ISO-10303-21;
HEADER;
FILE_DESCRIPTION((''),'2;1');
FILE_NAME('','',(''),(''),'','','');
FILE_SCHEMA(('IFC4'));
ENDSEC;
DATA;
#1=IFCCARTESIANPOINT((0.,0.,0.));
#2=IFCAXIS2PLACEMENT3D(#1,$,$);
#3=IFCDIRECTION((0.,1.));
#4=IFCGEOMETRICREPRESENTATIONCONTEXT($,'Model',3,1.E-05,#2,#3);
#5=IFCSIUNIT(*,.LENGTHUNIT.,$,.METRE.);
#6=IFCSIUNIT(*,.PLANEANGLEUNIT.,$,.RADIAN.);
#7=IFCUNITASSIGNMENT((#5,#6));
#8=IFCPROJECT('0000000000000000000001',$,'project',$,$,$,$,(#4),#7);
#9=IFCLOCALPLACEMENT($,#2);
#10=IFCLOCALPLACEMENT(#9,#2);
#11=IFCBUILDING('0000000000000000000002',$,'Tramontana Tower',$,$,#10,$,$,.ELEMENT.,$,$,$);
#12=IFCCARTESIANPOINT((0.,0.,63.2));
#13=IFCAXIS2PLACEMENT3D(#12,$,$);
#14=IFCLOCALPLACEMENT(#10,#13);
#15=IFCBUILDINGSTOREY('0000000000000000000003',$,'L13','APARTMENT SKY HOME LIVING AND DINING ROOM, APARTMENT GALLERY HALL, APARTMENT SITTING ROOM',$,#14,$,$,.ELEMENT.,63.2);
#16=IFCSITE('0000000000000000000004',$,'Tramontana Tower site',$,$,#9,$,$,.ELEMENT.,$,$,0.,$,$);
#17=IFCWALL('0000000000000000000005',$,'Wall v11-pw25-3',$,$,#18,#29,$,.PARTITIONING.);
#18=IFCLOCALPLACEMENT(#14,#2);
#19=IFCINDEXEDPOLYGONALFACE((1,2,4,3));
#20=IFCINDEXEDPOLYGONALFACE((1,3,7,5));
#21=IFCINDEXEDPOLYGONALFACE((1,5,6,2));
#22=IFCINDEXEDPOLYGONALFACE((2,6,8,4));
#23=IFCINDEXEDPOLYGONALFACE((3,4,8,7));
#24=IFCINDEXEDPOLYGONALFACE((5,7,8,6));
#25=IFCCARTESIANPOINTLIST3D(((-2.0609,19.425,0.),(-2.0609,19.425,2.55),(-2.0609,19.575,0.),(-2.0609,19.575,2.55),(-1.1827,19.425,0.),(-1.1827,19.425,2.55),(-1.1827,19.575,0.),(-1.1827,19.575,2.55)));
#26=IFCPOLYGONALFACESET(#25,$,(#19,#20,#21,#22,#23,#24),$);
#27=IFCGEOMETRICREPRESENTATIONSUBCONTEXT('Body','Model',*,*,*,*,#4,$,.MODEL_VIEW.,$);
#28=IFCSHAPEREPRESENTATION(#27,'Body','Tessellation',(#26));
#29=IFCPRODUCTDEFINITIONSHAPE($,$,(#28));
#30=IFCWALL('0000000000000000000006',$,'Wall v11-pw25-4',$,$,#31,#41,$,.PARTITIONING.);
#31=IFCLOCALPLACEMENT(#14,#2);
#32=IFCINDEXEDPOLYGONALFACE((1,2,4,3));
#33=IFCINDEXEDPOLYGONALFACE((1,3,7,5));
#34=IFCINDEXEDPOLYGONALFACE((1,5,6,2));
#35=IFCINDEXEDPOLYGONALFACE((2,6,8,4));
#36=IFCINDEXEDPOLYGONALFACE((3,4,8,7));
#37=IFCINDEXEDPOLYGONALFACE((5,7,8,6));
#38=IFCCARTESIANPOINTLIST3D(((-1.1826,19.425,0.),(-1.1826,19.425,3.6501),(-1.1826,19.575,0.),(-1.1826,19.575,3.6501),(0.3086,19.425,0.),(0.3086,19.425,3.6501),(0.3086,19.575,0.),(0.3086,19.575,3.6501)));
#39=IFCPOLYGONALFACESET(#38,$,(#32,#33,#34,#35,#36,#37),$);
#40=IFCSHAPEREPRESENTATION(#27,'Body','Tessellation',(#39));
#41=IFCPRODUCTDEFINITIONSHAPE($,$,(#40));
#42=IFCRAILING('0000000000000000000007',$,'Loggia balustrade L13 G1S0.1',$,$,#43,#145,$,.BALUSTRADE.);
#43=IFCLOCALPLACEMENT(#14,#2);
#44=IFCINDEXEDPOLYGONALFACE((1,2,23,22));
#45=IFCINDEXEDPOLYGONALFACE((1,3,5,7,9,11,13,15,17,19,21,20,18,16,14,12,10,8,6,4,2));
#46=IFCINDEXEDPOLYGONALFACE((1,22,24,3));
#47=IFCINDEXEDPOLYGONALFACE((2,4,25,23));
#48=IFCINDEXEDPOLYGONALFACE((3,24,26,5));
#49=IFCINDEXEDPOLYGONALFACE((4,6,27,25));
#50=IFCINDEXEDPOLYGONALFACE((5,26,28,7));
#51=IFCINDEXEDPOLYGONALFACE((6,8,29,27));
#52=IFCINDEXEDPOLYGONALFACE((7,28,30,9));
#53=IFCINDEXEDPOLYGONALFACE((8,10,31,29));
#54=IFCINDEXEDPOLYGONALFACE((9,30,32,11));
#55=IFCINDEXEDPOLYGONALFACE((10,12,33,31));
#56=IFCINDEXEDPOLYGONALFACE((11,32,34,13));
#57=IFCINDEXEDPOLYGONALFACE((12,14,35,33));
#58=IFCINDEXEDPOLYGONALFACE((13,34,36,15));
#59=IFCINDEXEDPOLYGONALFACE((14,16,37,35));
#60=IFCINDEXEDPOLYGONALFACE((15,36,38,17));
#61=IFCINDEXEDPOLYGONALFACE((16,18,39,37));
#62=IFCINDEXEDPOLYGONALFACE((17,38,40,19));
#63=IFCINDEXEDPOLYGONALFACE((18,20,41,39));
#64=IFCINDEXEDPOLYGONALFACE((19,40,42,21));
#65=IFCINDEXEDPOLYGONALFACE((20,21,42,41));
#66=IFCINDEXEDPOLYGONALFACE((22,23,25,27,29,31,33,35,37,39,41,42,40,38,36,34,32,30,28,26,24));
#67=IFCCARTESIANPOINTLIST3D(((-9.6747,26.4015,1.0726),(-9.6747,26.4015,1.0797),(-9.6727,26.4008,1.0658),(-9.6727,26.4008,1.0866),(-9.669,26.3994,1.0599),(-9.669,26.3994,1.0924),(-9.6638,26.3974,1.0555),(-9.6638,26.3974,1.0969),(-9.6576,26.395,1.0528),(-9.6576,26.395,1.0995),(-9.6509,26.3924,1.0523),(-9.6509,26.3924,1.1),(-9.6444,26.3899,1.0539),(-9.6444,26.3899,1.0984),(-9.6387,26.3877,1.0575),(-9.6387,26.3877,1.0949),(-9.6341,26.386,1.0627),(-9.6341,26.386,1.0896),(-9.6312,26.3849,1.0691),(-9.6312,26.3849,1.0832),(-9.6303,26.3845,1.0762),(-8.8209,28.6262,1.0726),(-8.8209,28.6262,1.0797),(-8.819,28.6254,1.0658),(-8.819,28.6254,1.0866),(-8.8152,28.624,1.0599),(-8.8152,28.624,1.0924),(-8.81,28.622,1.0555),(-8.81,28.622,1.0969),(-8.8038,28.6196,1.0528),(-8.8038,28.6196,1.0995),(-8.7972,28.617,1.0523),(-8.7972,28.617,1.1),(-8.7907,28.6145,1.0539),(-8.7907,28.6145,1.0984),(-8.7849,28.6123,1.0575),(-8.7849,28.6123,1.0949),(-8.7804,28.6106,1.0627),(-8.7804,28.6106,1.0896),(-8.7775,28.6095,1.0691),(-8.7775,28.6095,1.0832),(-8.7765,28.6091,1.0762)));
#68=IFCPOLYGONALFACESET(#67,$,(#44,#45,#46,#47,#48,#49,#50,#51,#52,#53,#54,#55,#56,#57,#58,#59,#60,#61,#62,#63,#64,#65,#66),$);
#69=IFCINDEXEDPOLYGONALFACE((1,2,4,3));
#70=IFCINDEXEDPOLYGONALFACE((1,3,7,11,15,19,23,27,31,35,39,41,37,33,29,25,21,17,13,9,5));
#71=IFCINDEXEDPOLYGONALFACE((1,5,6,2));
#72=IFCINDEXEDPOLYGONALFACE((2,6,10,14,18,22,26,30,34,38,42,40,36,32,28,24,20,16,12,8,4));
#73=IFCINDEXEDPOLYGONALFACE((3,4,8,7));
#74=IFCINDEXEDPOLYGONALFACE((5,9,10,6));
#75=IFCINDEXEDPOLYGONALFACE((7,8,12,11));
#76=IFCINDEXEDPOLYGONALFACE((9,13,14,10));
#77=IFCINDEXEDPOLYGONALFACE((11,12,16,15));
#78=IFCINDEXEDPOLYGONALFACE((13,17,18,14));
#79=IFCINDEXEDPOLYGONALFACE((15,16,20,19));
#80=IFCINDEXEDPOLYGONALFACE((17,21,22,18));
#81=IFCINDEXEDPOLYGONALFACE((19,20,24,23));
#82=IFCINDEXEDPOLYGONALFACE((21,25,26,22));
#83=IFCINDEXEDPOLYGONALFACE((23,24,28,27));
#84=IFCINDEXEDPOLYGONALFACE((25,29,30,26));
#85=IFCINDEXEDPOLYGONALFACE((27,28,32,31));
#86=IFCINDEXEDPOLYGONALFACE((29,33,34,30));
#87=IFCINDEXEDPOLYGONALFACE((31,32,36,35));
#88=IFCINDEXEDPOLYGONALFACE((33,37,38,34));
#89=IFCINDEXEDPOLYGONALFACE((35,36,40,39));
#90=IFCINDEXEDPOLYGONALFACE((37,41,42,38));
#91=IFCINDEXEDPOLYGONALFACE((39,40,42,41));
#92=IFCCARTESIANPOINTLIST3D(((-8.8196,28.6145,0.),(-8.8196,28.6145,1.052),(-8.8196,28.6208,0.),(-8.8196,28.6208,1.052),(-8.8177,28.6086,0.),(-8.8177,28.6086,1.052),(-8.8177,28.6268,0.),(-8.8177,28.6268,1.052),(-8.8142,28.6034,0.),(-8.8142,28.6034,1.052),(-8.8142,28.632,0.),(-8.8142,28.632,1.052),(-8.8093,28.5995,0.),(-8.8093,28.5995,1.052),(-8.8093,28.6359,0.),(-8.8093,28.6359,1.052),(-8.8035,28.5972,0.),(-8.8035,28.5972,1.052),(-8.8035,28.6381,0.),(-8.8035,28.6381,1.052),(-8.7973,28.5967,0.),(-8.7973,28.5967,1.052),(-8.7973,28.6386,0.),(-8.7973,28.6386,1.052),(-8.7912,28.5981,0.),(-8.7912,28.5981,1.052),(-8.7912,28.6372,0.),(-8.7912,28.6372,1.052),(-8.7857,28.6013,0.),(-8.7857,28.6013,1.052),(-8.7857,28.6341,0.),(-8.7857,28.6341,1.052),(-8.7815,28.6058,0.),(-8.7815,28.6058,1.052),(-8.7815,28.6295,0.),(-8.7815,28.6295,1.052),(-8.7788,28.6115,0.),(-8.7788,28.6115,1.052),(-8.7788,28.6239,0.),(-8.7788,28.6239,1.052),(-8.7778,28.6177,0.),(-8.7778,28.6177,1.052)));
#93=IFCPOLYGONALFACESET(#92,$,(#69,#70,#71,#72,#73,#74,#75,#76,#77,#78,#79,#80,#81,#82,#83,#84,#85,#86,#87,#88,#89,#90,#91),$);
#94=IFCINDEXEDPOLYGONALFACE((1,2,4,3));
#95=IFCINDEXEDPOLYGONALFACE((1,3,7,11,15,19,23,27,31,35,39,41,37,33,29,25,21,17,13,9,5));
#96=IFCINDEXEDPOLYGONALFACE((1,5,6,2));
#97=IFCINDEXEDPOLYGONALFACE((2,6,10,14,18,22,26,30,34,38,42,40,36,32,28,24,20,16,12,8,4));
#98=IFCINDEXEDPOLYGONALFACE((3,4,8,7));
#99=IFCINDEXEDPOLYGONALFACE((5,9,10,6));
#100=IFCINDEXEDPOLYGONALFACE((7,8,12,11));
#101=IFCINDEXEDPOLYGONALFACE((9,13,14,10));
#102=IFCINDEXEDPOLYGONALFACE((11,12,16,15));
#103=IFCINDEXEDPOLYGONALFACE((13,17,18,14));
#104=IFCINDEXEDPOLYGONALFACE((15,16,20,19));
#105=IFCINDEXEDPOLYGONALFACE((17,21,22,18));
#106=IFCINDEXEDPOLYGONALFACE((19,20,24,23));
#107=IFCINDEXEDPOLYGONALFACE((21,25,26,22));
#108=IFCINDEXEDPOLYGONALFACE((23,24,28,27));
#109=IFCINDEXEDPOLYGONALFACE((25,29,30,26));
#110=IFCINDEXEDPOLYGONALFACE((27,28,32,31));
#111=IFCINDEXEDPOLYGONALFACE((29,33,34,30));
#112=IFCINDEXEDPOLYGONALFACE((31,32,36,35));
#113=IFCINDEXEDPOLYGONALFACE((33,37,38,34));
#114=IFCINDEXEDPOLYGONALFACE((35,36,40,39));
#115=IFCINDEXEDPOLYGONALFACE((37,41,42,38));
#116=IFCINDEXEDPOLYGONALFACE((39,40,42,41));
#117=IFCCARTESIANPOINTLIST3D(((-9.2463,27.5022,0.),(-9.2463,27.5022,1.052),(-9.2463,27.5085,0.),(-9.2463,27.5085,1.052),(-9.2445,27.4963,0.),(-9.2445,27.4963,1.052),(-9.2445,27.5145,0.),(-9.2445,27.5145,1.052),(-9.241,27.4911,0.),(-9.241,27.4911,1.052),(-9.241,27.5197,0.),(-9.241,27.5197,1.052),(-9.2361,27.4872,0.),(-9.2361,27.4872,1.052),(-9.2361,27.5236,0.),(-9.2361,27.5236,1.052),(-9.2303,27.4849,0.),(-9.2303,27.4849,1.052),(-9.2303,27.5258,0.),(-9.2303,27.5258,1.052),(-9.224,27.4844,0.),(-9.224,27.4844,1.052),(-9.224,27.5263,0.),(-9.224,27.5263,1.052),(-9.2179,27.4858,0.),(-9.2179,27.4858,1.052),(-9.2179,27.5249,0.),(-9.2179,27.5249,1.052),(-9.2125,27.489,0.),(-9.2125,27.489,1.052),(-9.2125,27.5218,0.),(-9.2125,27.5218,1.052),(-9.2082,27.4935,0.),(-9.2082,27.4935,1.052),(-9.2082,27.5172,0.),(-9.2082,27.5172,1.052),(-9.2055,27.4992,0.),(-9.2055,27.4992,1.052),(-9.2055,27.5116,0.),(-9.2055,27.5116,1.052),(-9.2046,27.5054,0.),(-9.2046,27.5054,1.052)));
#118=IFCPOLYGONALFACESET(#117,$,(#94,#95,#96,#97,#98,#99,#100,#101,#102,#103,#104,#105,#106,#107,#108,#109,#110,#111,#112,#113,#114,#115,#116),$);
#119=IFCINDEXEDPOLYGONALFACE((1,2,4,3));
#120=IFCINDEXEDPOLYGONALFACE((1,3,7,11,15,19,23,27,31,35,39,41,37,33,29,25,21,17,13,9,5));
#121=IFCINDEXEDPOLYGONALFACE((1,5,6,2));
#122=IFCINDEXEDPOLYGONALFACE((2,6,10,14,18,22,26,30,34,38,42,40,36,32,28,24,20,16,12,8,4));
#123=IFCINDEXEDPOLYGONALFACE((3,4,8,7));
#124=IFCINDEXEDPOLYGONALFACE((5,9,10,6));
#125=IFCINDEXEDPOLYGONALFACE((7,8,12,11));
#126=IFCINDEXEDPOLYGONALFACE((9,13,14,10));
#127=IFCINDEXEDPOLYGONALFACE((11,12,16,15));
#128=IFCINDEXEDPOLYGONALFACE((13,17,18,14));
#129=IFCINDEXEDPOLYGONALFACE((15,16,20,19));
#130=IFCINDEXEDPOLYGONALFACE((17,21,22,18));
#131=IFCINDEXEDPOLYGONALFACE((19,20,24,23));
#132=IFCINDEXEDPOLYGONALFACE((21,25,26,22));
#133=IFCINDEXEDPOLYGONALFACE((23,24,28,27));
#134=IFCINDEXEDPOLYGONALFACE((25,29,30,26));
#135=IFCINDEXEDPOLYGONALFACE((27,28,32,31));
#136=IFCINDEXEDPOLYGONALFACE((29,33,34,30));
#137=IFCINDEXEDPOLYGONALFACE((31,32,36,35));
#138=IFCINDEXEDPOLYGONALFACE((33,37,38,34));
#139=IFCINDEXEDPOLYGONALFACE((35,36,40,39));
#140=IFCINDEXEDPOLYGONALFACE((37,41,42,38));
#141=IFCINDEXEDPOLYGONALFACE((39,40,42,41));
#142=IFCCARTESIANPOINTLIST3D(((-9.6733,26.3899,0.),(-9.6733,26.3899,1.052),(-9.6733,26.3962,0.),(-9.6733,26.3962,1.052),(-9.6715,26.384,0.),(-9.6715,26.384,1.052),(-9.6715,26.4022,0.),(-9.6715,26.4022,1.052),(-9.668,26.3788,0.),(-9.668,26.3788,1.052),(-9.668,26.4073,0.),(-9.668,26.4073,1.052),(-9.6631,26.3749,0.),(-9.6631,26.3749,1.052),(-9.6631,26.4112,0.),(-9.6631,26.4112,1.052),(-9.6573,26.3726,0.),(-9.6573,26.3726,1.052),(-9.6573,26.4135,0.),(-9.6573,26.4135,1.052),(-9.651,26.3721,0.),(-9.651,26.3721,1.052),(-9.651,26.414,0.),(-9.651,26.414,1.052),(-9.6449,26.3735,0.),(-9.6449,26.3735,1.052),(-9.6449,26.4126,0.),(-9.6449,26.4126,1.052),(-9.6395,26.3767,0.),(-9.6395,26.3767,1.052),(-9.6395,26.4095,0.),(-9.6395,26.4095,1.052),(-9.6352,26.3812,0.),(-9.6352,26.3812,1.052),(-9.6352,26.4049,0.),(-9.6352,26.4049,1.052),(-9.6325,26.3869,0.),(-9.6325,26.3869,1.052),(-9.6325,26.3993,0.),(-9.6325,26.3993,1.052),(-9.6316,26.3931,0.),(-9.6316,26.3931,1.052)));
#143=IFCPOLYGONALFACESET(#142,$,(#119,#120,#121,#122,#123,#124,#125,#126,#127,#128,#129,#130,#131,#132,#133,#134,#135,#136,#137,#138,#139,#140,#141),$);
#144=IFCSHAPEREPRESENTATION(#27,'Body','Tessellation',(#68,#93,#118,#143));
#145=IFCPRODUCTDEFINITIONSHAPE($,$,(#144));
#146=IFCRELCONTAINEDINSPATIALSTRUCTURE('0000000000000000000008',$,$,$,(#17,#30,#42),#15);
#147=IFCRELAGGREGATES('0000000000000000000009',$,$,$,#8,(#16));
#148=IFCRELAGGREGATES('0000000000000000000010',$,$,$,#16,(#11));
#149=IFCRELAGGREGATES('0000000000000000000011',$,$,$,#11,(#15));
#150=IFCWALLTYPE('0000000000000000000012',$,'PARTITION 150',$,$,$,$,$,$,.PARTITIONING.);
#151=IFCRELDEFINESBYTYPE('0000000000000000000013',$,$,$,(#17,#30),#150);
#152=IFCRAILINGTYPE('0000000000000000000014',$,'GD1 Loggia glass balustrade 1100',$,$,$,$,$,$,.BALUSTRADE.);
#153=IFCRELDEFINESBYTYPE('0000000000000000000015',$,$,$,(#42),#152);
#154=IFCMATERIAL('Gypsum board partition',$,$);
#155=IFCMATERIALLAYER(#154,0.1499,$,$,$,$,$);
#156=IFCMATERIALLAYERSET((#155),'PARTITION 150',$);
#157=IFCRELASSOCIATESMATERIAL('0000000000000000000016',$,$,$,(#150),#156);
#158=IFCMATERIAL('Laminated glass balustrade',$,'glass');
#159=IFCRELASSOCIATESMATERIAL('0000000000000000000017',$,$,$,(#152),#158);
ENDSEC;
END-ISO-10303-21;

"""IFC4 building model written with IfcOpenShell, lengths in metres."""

from ifc_helpers import new_model, si_unit, direction, frame, frame_2d, origin, origin_2d, place, context, subcontext, project, spatial, rectangle, circle, extrude, material, layer, layer_set, type_object, element, save


model = new_model("IFC4")

# Units and contexts
model_context = context("Model", 3, precision=1e-05, world=origin(), true_north=direction((0.0, 1.0)))
body_context = subcontext(model_context, "Body", "Model", "MODEL_VIEW")
ifc_project = project(units=[si_unit("LENGTHUNIT", "METRE"), si_unit("PLANEANGLEUNIT", "RADIAN")], contexts=[model_context])

# Site, building, storey
site_placement = place(None, origin())
site = spatial("IfcSite", under=ifc_project, at=site_placement, Name="Tramontana Tower site", CompositionType="ELEMENT", RefElevation=0.0)
building_placement = place(site_placement, origin())
building = spatial("IfcBuilding", under=site, at=building_placement, Name="Tramontana Tower", CompositionType="ELEMENT")
storey_placement = place(building_placement, frame((0.0, 0.0, 63.2)))
storey = spatial("IfcBuildingStorey", under=building, at=storey_placement, Name="L13", Description="APARTMENT SKY HOME LIVING AND DINING ROOM, APARTMENT GALLERY HALL, APARTMENT SITTING ROOM", CompositionType="ELEMENT", Elevation=63.2)

# Shared definitions
ifc_material_1 = material(Name="Gypsum board partition")
ifc_layer_1 = layer(ifc_material_1, 0.1499)
ifc_layer_set_1 = layer_set([ifc_layer_1], Name="PARTITION 150")
wall_type_1 = type_object("IfcWallType", Name="PARTITION 150", PredefinedType="PARTITIONING", material=ifc_layer_set_1)

# Walls
wall_1_placement = place(storey_placement, frame((-2.0608, 19.5, 0.0), z_axis=(0.0, 0.0, 1.0), x_axis=(1.0, 0.0, 0.0)))
element("IfcWall", 1, at=wall_1_placement, inside=storey, type_object=wall_type_1, Name="Wall v11-pw25-3", PredefinedType="PARTITIONING", context=body_context, shape_type="SweptSolid", body=[
    extrude(rectangle(XDim=0.8782, YDim=0.1499, at=frame_2d((0.439, 0.0))), origin(), (0.0, 0.0, 1.0), 2.55),
])
wall_2_placement = place(storey_placement, frame((-1.1826, 19.5, 0.0), z_axis=(0.0, 0.0, 1.0), x_axis=(1.0, 0.0, 0.0)))
element("IfcWall", 2, at=wall_2_placement, inside=storey, type_object=wall_type_1, Name="Wall v11-pw25-4", PredefinedType="PARTITIONING", context=body_context, shape_type="SweptSolid", body=[
    extrude(rectangle(XDim=1.4912, YDim=0.1499, at=frame_2d((0.7456, 0.0))), origin(), (0.0, 0.0, 1.0), 3.6501),
])

# Railing
ifc_material_2 = material(Name="Laminated glass balustrade", Category="glass")
railing_type = type_object("IfcRailingType", Name="GD1 Loggia glass balustrade 1100", PredefinedType="BALUSTRADE", material=ifc_material_2)
railing_placement = place(storey_placement, frame((-8.7988, 28.6177, 0.0)))
element("IfcRailing", 3, at=railing_placement, inside=storey, type_object=railing_type, Name="Loggia balustrade L13 G1S0.1", PredefinedType="BALUSTRADE", context=body_context, shape_type="SweptSolid", body=[
    extrude(circle(Radius=0.0239, at=origin_2d()), frame((0.0, 0.0, 1.0762), z_axis=(-0.358299, -0.933607, 0.0), x_axis=(0.933607, -0.358299, 0.0)), (0.0, 0.0, 1.0), 2.3828),
    extrude(circle(Radius=0.021, at=origin_2d()), origin(), (0.0, 0.0, 1.0), 1.052),
    extrude(circle(Radius=0.021, at=origin_2d()), frame((-0.4268, -1.1123, 0.0)), (0.0, 0.0, 1.0), 1.052),
    extrude(circle(Radius=0.021, at=origin_2d()), frame((-0.8538, -2.2246, 0.0)), (0.0, 0.0, 1.0), 1.052),
])

save(model, "model.ifc")
